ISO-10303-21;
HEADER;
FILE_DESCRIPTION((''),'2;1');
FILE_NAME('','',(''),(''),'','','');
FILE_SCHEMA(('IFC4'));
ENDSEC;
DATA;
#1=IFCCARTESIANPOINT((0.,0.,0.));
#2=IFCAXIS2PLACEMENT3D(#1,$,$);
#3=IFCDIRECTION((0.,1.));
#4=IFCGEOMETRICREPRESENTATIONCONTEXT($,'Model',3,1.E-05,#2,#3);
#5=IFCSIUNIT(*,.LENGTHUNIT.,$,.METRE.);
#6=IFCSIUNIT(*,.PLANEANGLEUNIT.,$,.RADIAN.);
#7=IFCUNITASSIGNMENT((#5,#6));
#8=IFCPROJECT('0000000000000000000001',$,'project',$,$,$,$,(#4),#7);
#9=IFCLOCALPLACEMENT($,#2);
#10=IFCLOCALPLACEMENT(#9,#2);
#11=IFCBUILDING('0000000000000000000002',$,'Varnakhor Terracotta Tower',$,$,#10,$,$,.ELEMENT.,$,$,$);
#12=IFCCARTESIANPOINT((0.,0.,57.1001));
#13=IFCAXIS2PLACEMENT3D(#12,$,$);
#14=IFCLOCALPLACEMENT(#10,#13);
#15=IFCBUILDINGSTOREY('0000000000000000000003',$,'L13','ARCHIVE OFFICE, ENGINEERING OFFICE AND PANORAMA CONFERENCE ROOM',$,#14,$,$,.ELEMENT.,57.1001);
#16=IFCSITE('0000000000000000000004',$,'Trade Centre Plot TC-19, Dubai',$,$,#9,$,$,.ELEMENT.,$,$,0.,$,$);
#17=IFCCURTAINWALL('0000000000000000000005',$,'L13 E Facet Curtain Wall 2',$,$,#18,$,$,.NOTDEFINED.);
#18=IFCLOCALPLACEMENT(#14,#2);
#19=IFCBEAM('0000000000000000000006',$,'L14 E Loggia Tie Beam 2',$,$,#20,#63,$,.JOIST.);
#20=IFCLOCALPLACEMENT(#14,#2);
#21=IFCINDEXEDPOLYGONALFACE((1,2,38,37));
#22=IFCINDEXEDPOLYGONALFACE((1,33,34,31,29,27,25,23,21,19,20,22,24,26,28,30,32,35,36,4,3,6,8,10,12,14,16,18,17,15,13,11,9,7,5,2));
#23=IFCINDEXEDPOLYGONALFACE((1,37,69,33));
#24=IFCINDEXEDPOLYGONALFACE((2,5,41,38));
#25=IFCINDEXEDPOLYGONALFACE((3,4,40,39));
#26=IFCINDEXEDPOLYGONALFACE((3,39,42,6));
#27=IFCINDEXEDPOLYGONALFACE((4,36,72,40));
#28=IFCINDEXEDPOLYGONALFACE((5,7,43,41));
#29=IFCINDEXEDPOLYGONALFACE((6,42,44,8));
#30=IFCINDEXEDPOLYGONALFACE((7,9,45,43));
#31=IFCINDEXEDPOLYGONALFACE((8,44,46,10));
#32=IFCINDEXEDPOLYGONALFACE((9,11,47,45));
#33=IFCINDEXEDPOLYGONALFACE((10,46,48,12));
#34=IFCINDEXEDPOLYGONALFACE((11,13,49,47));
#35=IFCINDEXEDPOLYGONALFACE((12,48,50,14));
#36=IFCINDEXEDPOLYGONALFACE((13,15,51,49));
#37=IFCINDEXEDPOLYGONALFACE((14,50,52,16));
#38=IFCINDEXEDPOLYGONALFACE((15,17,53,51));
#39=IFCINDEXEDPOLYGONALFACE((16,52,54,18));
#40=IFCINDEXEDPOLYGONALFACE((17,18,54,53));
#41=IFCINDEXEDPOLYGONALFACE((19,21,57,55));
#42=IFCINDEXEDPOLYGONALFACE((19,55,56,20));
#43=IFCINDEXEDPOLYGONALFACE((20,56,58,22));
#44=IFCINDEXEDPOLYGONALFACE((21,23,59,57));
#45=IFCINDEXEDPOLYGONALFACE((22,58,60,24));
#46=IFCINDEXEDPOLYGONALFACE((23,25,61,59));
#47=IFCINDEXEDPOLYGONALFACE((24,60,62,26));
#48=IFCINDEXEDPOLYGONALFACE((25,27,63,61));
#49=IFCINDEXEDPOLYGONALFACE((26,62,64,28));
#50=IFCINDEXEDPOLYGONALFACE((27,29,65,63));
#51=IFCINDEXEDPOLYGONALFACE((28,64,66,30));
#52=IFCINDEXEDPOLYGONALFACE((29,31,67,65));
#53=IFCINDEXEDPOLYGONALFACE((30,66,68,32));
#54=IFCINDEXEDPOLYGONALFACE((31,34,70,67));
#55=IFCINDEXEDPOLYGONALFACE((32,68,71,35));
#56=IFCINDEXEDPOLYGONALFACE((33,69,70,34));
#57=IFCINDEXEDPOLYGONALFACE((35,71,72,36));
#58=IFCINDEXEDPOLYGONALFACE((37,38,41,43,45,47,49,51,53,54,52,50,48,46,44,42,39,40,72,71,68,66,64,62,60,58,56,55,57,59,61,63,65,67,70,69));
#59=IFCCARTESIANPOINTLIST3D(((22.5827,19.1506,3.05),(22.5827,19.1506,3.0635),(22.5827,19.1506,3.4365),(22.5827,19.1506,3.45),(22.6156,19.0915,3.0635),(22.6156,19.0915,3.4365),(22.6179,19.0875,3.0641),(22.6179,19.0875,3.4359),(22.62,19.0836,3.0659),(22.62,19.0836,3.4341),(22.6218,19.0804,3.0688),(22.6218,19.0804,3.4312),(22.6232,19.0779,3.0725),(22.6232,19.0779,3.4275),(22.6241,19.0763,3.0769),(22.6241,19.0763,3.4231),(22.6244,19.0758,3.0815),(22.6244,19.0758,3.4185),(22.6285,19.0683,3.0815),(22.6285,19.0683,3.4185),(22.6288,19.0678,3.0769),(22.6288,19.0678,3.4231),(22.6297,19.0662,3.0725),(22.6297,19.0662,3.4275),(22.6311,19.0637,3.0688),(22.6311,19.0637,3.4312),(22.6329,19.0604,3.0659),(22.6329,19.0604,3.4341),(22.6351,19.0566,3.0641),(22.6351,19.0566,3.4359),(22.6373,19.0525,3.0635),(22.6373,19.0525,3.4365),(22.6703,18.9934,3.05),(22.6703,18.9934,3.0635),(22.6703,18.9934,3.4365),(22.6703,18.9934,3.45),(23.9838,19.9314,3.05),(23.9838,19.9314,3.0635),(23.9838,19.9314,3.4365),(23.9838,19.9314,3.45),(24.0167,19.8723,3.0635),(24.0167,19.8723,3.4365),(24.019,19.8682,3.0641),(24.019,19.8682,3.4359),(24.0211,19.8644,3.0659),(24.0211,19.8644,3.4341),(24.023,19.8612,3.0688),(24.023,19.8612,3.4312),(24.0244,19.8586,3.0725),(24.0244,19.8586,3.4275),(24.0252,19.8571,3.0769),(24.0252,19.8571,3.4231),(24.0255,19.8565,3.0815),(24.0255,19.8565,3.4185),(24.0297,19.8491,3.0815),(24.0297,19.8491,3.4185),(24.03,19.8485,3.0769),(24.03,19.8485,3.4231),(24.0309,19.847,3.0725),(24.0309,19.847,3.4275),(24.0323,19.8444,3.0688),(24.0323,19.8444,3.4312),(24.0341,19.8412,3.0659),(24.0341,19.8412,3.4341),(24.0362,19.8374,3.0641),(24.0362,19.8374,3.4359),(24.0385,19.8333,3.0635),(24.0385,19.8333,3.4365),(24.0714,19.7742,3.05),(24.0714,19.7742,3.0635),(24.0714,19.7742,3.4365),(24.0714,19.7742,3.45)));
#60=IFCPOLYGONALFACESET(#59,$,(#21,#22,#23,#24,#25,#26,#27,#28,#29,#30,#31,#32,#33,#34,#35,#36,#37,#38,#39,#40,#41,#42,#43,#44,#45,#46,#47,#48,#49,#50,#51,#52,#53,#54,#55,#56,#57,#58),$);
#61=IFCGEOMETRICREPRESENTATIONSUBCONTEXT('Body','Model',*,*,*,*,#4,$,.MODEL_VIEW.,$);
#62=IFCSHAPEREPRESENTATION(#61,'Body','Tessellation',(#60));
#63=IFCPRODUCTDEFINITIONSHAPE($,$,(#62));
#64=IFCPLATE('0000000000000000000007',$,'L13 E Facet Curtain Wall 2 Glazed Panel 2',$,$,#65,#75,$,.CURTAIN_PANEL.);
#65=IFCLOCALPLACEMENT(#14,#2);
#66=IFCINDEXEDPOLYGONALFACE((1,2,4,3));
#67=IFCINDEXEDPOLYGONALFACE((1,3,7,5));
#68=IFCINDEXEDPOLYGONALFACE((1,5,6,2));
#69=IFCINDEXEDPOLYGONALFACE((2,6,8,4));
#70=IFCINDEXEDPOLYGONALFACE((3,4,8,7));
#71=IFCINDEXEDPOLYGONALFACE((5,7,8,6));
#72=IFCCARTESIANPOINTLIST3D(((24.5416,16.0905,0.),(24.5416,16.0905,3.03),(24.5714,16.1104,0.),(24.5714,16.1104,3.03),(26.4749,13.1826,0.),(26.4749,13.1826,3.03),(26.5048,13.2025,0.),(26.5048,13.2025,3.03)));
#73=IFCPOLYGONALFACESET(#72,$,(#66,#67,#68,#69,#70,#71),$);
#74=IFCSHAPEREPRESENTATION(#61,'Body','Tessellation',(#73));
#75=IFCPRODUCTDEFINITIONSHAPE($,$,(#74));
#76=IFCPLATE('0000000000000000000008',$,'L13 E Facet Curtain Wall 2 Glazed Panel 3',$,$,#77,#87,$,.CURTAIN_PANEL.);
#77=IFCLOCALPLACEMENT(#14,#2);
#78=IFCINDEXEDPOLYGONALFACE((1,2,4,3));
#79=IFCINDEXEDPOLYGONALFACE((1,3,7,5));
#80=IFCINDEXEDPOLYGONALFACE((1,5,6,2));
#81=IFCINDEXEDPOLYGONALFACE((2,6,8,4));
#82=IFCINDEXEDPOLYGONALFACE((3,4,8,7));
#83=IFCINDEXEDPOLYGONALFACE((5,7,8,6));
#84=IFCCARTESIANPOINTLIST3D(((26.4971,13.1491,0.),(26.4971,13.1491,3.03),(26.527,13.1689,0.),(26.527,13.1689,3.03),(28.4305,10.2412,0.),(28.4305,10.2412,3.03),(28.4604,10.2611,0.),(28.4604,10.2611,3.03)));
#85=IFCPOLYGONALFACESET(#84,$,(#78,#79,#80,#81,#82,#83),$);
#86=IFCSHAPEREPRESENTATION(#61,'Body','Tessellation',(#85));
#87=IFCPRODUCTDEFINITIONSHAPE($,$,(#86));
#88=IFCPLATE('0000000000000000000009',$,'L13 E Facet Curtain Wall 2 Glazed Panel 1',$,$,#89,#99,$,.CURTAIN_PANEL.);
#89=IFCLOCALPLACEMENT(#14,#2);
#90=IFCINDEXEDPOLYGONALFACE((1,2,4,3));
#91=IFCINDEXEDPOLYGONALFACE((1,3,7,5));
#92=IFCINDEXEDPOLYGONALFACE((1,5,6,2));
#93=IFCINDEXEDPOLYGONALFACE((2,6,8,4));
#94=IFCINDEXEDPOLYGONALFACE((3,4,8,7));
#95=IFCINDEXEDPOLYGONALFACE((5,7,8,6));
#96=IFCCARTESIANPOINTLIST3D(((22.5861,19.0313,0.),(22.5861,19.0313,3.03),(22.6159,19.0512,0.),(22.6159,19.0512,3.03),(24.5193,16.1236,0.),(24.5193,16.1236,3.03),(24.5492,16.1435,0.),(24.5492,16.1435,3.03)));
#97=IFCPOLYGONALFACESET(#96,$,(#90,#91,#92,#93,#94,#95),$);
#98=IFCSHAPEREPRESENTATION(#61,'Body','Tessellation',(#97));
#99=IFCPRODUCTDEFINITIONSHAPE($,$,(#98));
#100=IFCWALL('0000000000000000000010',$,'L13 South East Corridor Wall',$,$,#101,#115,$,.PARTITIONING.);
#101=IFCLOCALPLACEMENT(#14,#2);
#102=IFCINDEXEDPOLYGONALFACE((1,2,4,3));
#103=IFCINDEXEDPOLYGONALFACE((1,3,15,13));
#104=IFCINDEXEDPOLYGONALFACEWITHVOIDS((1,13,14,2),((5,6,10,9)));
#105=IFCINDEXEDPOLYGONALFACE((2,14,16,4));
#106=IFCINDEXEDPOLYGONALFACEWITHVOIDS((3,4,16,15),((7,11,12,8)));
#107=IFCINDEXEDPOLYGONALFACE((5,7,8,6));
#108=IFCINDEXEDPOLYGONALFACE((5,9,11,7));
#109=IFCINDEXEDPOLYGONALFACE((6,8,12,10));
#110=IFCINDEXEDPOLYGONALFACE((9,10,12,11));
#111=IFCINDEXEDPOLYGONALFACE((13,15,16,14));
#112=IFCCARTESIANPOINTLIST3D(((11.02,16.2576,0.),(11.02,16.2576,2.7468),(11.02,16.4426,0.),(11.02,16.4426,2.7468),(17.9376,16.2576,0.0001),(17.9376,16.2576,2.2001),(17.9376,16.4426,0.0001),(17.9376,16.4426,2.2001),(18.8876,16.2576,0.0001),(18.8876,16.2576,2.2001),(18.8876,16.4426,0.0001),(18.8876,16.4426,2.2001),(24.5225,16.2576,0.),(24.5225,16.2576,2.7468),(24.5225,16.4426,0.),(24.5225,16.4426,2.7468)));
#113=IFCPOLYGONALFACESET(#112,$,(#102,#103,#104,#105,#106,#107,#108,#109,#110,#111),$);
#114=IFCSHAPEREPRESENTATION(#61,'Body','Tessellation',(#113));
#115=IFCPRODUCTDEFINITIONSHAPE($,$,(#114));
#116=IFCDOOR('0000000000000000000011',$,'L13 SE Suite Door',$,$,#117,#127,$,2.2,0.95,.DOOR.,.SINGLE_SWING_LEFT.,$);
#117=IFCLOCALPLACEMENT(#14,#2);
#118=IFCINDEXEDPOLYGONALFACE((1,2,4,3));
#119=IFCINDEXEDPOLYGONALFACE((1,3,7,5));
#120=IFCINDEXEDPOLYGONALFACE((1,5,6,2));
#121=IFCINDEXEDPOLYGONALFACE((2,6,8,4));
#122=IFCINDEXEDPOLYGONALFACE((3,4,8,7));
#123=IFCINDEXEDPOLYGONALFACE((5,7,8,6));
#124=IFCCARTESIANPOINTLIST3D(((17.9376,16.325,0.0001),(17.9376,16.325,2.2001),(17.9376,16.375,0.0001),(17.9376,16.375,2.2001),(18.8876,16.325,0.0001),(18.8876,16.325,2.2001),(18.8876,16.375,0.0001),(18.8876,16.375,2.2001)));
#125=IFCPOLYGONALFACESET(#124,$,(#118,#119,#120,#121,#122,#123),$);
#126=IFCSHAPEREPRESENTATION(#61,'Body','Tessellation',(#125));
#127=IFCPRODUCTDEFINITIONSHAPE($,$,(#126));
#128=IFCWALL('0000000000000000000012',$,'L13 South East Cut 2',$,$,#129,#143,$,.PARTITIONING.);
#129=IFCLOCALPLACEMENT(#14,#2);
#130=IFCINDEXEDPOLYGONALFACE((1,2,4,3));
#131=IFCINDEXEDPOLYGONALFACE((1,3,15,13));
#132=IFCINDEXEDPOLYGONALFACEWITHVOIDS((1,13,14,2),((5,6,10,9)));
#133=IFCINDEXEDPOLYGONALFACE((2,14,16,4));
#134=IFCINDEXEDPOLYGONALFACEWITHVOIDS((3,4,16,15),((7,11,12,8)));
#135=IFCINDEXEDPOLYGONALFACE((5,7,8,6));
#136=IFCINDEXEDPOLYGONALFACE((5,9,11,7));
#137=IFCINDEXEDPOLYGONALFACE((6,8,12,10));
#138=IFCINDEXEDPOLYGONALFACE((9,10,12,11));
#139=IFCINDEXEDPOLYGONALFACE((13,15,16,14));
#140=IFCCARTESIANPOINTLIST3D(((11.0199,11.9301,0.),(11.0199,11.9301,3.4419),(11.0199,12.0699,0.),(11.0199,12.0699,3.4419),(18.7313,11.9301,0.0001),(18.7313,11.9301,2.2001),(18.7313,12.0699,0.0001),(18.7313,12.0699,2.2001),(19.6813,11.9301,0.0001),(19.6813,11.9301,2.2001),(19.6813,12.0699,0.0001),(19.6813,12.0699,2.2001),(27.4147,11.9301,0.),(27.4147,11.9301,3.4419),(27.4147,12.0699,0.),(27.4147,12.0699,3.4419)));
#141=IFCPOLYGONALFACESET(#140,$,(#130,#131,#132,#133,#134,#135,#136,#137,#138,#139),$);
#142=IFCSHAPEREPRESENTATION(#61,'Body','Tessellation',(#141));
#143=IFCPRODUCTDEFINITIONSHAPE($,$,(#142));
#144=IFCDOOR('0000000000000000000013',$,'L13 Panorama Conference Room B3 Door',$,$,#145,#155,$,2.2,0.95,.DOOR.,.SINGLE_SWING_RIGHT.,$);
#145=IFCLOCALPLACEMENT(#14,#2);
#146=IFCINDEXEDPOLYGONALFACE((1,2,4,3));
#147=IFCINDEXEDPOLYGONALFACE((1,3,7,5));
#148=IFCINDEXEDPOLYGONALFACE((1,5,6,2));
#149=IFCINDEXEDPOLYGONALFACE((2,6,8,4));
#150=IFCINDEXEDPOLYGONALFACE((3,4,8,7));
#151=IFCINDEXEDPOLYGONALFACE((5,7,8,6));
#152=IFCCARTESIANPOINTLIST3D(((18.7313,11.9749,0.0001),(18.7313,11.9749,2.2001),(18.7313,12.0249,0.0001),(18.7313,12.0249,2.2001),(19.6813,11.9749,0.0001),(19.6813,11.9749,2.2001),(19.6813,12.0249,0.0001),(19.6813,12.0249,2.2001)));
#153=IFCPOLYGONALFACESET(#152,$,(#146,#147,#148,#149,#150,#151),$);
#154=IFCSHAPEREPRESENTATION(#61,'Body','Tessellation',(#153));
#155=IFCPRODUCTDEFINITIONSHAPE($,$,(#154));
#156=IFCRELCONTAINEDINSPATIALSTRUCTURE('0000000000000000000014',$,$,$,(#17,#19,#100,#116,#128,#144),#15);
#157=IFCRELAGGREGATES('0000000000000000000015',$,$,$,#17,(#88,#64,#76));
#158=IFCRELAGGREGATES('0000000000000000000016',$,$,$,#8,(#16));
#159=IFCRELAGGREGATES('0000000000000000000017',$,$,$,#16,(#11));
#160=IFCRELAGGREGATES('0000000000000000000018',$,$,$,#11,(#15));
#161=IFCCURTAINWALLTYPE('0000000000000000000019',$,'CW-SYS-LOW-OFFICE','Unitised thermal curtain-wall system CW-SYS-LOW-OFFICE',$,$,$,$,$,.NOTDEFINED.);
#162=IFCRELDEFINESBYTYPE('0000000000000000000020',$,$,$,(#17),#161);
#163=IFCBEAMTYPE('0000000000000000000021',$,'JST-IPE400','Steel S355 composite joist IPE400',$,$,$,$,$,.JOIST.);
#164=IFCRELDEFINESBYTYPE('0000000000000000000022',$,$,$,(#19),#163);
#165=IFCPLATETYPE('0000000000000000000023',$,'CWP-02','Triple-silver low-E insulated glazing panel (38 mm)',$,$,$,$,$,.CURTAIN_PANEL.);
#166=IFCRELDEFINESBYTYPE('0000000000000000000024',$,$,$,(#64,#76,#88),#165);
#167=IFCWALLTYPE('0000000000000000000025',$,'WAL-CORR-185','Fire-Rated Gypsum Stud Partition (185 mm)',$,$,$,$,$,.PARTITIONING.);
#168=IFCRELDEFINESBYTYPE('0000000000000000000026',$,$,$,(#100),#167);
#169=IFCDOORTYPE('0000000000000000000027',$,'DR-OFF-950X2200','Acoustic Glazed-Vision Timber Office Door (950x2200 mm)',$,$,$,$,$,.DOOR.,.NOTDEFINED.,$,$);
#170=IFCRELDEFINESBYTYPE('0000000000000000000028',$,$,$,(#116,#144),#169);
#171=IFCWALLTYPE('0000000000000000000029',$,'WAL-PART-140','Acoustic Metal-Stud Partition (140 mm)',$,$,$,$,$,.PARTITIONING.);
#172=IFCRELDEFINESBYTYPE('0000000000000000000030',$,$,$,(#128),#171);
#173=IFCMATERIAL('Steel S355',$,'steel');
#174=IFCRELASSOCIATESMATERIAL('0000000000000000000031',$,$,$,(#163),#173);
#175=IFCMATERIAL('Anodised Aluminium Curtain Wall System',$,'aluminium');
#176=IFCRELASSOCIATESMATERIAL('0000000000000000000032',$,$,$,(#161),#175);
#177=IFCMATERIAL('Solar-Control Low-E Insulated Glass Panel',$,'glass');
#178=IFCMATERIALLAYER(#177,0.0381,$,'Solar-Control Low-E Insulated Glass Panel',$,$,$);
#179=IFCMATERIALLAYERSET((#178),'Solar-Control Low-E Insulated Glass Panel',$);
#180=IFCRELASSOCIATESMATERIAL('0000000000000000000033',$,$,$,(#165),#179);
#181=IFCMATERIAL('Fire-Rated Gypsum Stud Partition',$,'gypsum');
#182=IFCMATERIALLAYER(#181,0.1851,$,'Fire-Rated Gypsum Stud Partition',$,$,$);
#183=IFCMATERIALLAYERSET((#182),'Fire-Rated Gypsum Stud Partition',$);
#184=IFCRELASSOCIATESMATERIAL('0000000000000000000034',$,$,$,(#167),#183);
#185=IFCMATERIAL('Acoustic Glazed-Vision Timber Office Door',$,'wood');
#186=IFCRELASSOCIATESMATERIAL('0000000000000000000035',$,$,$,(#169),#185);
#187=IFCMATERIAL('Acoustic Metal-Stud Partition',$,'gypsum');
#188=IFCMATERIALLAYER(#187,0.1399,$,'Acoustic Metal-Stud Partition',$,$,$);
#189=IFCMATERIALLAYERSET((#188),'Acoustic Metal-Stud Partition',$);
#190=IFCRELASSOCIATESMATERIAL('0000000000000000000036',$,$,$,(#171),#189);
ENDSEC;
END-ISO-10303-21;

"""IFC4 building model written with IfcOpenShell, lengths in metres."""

from ifc_helpers import new_model, si_unit, direction, frame, frame_2d, origin, origin_2d, place, context, subcontext, project, spatial, rectangle, i_section, extrude, source, transform, mapped, material, layer, layer_set, material_profile, profile_set, type_object, type_shapes, element, fill, aggregate, save


model = new_model("IFC4")

# Units and contexts
model_context = context("Model", 3, precision=1e-05, world=origin(), true_north=direction((0.0, 1.0)))
body_context = subcontext(model_context, "Body", "Model", "MODEL_VIEW")
ifc_project = project(units=[si_unit("LENGTHUNIT", "METRE"), si_unit("PLANEANGLEUNIT", "RADIAN")], contexts=[model_context])

# Site, building, storey
site_placement = place(None, origin())
site = spatial("IfcSite", under=ifc_project, at=site_placement, Name="Trade Centre Plot TC-19, Dubai", CompositionType="ELEMENT", RefElevation=0.0)
building_placement = place(site_placement, origin())
building = spatial("IfcBuilding", under=site, at=building_placement, Name="Varnakhor Terracotta Tower", CompositionType="ELEMENT")
storey_placement = place(building_placement, frame((0.0, 0.0, 57.1001)))
storey = spatial("IfcBuildingStorey", under=building, at=storey_placement, Name="L13", Description="ARCHIVE OFFICE, ENGINEERING OFFICE AND PANORAMA CONFERENCE ROOM", CompositionType="ELEMENT", Elevation=57.1001)

# Shared definitions
ifc_material_1 = material(Name="Steel S355", Category="steel")
ifc_material_profile_1 = material_profile(ifc_material_1, i_section(OverallWidth=0.1799, OverallDepth=0.3999, WebThickness=0.0085, FlangeThickness=0.0134, FilletRadius=0.0181, at=origin_2d()), Name="IPE400")
ifc_profile_set_1 = profile_set([ifc_material_profile_1], Name="Steel S355")
beam_type = type_object("IfcBeamType", Name="JST-IPE400", Description="Steel S355 composite joist IPE400", PredefinedType="JOIST", material=ifc_profile_set_1)

# Curtain wall
ifc_material_2 = material(Name="Anodised Aluminium Curtain Wall System", Category="aluminium")
curtain_wall_type = type_object("IfcCurtainWallType", Name="CW-SYS-LOW-OFFICE", Description="Unitised thermal curtain-wall system CW-SYS-LOW-OFFICE", PredefinedType="NOTDEFINED", material=ifc_material_2)
curtain_wall_placement = place(storey_placement, origin())
curtain_wall = element("IfcCurtainWall", 1, at=curtain_wall_placement, inside=storey, type_object=curtain_wall_type, Name="L13 E Facet Curtain Wall 2", PredefinedType="NOTDEFINED")

# Beam
shared_shape_1 = source(origin(), body_context, "Body", "SweptSolid", [
    extrude(i_section(OverallWidth=0.1799, OverallDepth=0.3999, WebThickness=0.0085, FlangeThickness=0.0134, FilletRadius=0.0181, at=origin_2d()), origin(), (0.0, 0.0, 1.0), 1.604),
])
beam_1_placement = place(storey_placement, frame((22.6265, 19.072, 3.25), z_axis=(0.873532, 0.486767, 0.0), x_axis=(-0.486767, 0.873532, 0.0)))
element("IfcBeam", 2, at=beam_1_placement, inside=storey, type_object=beam_type, Name="L14 E Loggia Tie Beam 2", PredefinedType="JOIST", context=body_context, shape_type="MappedRepresentation", body=[
    mapped(shared_shape_1, transform((0.0, 0.0, 0.0), scale=1.0)),
])

# Plates
ifc_material_3 = material(Name="Solar-Control Low-E Insulated Glass Panel", Category="glass")
ifc_layer_1 = layer(ifc_material_3, 0.0381, Name="Solar-Control Low-E Insulated Glass Panel")
ifc_layer_set_1 = layer_set([ifc_layer_1], Name="Solar-Control Low-E Insulated Glass Panel")
plate_type = type_object("IfcPlateType", Name="CWP-02", Description="Triple-silver low-E insulated glazing panel (38 mm)", PredefinedType="CURTAIN_PANEL", material=ifc_layer_set_1)
shared_shape_2 = source(origin(), body_context, "Body", "SweptSolid", [
    extrude(rectangle(XDim=3.4919, YDim=0.0359, at=origin_2d()), origin(), (0.0, 0.0, 1.0), 3.03),
])
plate_1_placement = place(storey_placement, frame((25.5232, 14.6465, 0.0), z_axis=(0.0, 0.0, 1.0), x_axis=(0.553668, -0.832738, 0.0)))
plate_1 = element("IfcPlate", 3, at=plate_1_placement, type_object=plate_type, Name="L13 E Facet Curtain Wall 2 Glazed Panel 2", PredefinedType="CURTAIN_PANEL", context=body_context, shape_type="MappedRepresentation", body=[
    mapped(shared_shape_2, transform((0.0, 0.0, 0.0), scale=1.0)),
])
plate_2_placement = place(storey_placement, frame((27.4788, 11.7051, 0.0), z_axis=(0.0, 0.0, 1.0), x_axis=(0.553668, -0.832738, 0.0)))
plate_2 = element("IfcPlate", 4, at=plate_2_placement, type_object=plate_type, Name="L13 E Facet Curtain Wall 2 Glazed Panel 3", PredefinedType="CURTAIN_PANEL", context=body_context, shape_type="MappedRepresentation", body=[
    mapped(shared_shape_2, transform((0.0, 0.0, 0.0), scale=1.0)),
])
shared_shape_3 = source(origin(), body_context, "Body", "SweptSolid", [
    extrude(rectangle(XDim=3.4917, YDim=0.0359, at=origin_2d()), origin(), (0.0, 0.0, 1.0), 3.03),
])
plate_3_placement = place(storey_placement, frame((23.5676, 17.5874, 0.0), z_axis=(0.0, 0.0, 1.0), x_axis=(0.553668, -0.832738, 0.0)))
plate_3 = element("IfcPlate", 5, at=plate_3_placement, type_object=plate_type, Name="L13 E Facet Curtain Wall 2 Glazed Panel 1", PredefinedType="CURTAIN_PANEL", context=body_context, shape_type="MappedRepresentation", body=[
    mapped(shared_shape_3, transform((0.0, 0.0, 0.0), scale=1.0)),
])
aggregate(curtain_wall, [plate_3, plate_1, plate_2])

# Walls, openings, doors
ifc_material_4 = material(Name="Fire-Rated Gypsum Stud Partition", Category="gypsum")
ifc_layer_2 = layer(ifc_material_4, 0.1851, Name="Fire-Rated Gypsum Stud Partition")
ifc_layer_set_2 = layer_set([ifc_layer_2], Name="Fire-Rated Gypsum Stud Partition")
wall_type_1 = type_object("IfcWallType", Name="WAL-CORR-185", Description="Fire-Rated Gypsum Stud Partition (185 mm)", PredefinedType="PARTITIONING", material=ifc_layer_set_2)
wall_1_placement = place(storey_placement, frame((11.02, 16.3501, 0.0), z_axis=(0.0, 0.0, 1.0), x_axis=(1.0, 0.0, 0.0)))
wall_1 = element("IfcWall", 6, at=wall_1_placement, inside=storey, type_object=wall_type_1, Name="L13 South East Corridor Wall", PredefinedType="PARTITIONING", context=body_context, shape_type="SweptSolid", body=[
    extrude(rectangle(XDim=13.5024, YDim=0.1851, at=frame_2d((6.7512, 0.0))), origin(), (0.0, 0.0, 1.0), 2.7468),
])
opening_1_placement = place(wall_1_placement, frame((6.9175, 0.0, 0.0)))
opening_1 = element("IfcOpeningElement", 7, at=opening_1_placement, cuts=wall_1, PredefinedType="OPENING", context=body_context, shape_type="SweptSolid", body=[
    extrude(rectangle(XDim=0.95, YDim=2.2, at=frame_2d((0.4751, 1.1001))), frame((0.0, 0.1025, 0.0), z_axis=(0.0, -1.0, 0.0), x_axis=(1.0, 0.0, 0.0)), (0.0, 0.0, 1.0), 0.2051),
])
ifc_material_5 = material(Name="Acoustic Glazed-Vision Timber Office Door", Category="wood")
door_type = type_object("IfcDoorType", Name="DR-OFF-950X2200", Description="Acoustic Glazed-Vision Timber Office Door (950x2200 mm)", OperationType="NOTDEFINED", PredefinedType="DOOR", material=ifc_material_5)
shared_shape_4 = source(origin(), body_context, "Body", "SweptSolid", [
    extrude(rectangle(XDim=0.95, YDim=2.2, at=frame_2d((0.4751, 1.1001))), frame((0.0, 0.0249, 0.0), z_axis=(0.0, -1.0, 0.0), x_axis=(1.0, 0.0, 0.0)), (0.0, 0.0, 1.0), 0.05),
])
type_shapes(door_type, [shared_shape_4])
door_1_placement = place(opening_1_placement, origin())
door_1 = element("IfcDoor", 8, at=door_1_placement, inside=storey, type_object=door_type, Name="L13 SE Suite Door", OperationType="SINGLE_SWING_LEFT", OverallHeight=2.2, OverallWidth=0.95, PredefinedType="DOOR", context=body_context, shape_type="MappedRepresentation", body=[
    mapped(shared_shape_4, transform((0.0, 0.0, 0.0), scale=1.0)),
])
fill(opening_1, door_1)
ifc_material_6 = material(Name="Acoustic Metal-Stud Partition", Category="gypsum")
ifc_layer_3 = layer(ifc_material_6, 0.1399, Name="Acoustic Metal-Stud Partition")
ifc_layer_set_3 = layer_set([ifc_layer_3], Name="Acoustic Metal-Stud Partition")
wall_type_2 = type_object("IfcWallType", Name="WAL-PART-140", Description="Acoustic Metal-Stud Partition (140 mm)", PredefinedType="PARTITIONING", material=ifc_layer_set_3)
wall_2_placement = place(storey_placement, frame((11.02, 12.0, 0.0), z_axis=(0.0, 0.0, 1.0), x_axis=(1.0, 0.0, 0.0)))
wall_2 = element("IfcWall", 9, at=wall_2_placement, inside=storey, type_object=wall_type_2, Name="L13 South East Cut 2", PredefinedType="PARTITIONING", context=body_context, shape_type="SweptSolid", body=[
    extrude(rectangle(XDim=16.3948, YDim=0.1399, at=frame_2d((8.1973, 0.0))), origin(), (0.0, 0.0, 1.0), 3.4419),
])
opening_2_placement = place(wall_2_placement, frame((7.7112, 0.0, 0.0)))
opening_2 = element("IfcOpeningElement", 10, at=opening_2_placement, cuts=wall_2, PredefinedType="OPENING", context=body_context, shape_type="SweptSolid", body=[
    extrude(rectangle(XDim=0.95, YDim=2.2, at=frame_2d((0.4751, 1.1001))), frame((0.0, 0.0801, 0.0), z_axis=(0.0, -1.0, 0.0), x_axis=(1.0, 0.0, 0.0)), (0.0, 0.0, 1.0), 0.1599),
])
door_2_placement = place(opening_2_placement, origin())
door_2 = element("IfcDoor", 11, at=door_2_placement, inside=storey, type_object=door_type, Name="L13 Panorama Conference Room B3 Door", OperationType="SINGLE_SWING_RIGHT", OverallHeight=2.2, OverallWidth=0.95, PredefinedType="DOOR", context=body_context, shape_type="MappedRepresentation", body=[
    mapped(shared_shape_4, transform((0.0, 0.0, 0.0), scale=1.0)),
])
fill(opening_2, door_2)

save(model, "model.ifc")
